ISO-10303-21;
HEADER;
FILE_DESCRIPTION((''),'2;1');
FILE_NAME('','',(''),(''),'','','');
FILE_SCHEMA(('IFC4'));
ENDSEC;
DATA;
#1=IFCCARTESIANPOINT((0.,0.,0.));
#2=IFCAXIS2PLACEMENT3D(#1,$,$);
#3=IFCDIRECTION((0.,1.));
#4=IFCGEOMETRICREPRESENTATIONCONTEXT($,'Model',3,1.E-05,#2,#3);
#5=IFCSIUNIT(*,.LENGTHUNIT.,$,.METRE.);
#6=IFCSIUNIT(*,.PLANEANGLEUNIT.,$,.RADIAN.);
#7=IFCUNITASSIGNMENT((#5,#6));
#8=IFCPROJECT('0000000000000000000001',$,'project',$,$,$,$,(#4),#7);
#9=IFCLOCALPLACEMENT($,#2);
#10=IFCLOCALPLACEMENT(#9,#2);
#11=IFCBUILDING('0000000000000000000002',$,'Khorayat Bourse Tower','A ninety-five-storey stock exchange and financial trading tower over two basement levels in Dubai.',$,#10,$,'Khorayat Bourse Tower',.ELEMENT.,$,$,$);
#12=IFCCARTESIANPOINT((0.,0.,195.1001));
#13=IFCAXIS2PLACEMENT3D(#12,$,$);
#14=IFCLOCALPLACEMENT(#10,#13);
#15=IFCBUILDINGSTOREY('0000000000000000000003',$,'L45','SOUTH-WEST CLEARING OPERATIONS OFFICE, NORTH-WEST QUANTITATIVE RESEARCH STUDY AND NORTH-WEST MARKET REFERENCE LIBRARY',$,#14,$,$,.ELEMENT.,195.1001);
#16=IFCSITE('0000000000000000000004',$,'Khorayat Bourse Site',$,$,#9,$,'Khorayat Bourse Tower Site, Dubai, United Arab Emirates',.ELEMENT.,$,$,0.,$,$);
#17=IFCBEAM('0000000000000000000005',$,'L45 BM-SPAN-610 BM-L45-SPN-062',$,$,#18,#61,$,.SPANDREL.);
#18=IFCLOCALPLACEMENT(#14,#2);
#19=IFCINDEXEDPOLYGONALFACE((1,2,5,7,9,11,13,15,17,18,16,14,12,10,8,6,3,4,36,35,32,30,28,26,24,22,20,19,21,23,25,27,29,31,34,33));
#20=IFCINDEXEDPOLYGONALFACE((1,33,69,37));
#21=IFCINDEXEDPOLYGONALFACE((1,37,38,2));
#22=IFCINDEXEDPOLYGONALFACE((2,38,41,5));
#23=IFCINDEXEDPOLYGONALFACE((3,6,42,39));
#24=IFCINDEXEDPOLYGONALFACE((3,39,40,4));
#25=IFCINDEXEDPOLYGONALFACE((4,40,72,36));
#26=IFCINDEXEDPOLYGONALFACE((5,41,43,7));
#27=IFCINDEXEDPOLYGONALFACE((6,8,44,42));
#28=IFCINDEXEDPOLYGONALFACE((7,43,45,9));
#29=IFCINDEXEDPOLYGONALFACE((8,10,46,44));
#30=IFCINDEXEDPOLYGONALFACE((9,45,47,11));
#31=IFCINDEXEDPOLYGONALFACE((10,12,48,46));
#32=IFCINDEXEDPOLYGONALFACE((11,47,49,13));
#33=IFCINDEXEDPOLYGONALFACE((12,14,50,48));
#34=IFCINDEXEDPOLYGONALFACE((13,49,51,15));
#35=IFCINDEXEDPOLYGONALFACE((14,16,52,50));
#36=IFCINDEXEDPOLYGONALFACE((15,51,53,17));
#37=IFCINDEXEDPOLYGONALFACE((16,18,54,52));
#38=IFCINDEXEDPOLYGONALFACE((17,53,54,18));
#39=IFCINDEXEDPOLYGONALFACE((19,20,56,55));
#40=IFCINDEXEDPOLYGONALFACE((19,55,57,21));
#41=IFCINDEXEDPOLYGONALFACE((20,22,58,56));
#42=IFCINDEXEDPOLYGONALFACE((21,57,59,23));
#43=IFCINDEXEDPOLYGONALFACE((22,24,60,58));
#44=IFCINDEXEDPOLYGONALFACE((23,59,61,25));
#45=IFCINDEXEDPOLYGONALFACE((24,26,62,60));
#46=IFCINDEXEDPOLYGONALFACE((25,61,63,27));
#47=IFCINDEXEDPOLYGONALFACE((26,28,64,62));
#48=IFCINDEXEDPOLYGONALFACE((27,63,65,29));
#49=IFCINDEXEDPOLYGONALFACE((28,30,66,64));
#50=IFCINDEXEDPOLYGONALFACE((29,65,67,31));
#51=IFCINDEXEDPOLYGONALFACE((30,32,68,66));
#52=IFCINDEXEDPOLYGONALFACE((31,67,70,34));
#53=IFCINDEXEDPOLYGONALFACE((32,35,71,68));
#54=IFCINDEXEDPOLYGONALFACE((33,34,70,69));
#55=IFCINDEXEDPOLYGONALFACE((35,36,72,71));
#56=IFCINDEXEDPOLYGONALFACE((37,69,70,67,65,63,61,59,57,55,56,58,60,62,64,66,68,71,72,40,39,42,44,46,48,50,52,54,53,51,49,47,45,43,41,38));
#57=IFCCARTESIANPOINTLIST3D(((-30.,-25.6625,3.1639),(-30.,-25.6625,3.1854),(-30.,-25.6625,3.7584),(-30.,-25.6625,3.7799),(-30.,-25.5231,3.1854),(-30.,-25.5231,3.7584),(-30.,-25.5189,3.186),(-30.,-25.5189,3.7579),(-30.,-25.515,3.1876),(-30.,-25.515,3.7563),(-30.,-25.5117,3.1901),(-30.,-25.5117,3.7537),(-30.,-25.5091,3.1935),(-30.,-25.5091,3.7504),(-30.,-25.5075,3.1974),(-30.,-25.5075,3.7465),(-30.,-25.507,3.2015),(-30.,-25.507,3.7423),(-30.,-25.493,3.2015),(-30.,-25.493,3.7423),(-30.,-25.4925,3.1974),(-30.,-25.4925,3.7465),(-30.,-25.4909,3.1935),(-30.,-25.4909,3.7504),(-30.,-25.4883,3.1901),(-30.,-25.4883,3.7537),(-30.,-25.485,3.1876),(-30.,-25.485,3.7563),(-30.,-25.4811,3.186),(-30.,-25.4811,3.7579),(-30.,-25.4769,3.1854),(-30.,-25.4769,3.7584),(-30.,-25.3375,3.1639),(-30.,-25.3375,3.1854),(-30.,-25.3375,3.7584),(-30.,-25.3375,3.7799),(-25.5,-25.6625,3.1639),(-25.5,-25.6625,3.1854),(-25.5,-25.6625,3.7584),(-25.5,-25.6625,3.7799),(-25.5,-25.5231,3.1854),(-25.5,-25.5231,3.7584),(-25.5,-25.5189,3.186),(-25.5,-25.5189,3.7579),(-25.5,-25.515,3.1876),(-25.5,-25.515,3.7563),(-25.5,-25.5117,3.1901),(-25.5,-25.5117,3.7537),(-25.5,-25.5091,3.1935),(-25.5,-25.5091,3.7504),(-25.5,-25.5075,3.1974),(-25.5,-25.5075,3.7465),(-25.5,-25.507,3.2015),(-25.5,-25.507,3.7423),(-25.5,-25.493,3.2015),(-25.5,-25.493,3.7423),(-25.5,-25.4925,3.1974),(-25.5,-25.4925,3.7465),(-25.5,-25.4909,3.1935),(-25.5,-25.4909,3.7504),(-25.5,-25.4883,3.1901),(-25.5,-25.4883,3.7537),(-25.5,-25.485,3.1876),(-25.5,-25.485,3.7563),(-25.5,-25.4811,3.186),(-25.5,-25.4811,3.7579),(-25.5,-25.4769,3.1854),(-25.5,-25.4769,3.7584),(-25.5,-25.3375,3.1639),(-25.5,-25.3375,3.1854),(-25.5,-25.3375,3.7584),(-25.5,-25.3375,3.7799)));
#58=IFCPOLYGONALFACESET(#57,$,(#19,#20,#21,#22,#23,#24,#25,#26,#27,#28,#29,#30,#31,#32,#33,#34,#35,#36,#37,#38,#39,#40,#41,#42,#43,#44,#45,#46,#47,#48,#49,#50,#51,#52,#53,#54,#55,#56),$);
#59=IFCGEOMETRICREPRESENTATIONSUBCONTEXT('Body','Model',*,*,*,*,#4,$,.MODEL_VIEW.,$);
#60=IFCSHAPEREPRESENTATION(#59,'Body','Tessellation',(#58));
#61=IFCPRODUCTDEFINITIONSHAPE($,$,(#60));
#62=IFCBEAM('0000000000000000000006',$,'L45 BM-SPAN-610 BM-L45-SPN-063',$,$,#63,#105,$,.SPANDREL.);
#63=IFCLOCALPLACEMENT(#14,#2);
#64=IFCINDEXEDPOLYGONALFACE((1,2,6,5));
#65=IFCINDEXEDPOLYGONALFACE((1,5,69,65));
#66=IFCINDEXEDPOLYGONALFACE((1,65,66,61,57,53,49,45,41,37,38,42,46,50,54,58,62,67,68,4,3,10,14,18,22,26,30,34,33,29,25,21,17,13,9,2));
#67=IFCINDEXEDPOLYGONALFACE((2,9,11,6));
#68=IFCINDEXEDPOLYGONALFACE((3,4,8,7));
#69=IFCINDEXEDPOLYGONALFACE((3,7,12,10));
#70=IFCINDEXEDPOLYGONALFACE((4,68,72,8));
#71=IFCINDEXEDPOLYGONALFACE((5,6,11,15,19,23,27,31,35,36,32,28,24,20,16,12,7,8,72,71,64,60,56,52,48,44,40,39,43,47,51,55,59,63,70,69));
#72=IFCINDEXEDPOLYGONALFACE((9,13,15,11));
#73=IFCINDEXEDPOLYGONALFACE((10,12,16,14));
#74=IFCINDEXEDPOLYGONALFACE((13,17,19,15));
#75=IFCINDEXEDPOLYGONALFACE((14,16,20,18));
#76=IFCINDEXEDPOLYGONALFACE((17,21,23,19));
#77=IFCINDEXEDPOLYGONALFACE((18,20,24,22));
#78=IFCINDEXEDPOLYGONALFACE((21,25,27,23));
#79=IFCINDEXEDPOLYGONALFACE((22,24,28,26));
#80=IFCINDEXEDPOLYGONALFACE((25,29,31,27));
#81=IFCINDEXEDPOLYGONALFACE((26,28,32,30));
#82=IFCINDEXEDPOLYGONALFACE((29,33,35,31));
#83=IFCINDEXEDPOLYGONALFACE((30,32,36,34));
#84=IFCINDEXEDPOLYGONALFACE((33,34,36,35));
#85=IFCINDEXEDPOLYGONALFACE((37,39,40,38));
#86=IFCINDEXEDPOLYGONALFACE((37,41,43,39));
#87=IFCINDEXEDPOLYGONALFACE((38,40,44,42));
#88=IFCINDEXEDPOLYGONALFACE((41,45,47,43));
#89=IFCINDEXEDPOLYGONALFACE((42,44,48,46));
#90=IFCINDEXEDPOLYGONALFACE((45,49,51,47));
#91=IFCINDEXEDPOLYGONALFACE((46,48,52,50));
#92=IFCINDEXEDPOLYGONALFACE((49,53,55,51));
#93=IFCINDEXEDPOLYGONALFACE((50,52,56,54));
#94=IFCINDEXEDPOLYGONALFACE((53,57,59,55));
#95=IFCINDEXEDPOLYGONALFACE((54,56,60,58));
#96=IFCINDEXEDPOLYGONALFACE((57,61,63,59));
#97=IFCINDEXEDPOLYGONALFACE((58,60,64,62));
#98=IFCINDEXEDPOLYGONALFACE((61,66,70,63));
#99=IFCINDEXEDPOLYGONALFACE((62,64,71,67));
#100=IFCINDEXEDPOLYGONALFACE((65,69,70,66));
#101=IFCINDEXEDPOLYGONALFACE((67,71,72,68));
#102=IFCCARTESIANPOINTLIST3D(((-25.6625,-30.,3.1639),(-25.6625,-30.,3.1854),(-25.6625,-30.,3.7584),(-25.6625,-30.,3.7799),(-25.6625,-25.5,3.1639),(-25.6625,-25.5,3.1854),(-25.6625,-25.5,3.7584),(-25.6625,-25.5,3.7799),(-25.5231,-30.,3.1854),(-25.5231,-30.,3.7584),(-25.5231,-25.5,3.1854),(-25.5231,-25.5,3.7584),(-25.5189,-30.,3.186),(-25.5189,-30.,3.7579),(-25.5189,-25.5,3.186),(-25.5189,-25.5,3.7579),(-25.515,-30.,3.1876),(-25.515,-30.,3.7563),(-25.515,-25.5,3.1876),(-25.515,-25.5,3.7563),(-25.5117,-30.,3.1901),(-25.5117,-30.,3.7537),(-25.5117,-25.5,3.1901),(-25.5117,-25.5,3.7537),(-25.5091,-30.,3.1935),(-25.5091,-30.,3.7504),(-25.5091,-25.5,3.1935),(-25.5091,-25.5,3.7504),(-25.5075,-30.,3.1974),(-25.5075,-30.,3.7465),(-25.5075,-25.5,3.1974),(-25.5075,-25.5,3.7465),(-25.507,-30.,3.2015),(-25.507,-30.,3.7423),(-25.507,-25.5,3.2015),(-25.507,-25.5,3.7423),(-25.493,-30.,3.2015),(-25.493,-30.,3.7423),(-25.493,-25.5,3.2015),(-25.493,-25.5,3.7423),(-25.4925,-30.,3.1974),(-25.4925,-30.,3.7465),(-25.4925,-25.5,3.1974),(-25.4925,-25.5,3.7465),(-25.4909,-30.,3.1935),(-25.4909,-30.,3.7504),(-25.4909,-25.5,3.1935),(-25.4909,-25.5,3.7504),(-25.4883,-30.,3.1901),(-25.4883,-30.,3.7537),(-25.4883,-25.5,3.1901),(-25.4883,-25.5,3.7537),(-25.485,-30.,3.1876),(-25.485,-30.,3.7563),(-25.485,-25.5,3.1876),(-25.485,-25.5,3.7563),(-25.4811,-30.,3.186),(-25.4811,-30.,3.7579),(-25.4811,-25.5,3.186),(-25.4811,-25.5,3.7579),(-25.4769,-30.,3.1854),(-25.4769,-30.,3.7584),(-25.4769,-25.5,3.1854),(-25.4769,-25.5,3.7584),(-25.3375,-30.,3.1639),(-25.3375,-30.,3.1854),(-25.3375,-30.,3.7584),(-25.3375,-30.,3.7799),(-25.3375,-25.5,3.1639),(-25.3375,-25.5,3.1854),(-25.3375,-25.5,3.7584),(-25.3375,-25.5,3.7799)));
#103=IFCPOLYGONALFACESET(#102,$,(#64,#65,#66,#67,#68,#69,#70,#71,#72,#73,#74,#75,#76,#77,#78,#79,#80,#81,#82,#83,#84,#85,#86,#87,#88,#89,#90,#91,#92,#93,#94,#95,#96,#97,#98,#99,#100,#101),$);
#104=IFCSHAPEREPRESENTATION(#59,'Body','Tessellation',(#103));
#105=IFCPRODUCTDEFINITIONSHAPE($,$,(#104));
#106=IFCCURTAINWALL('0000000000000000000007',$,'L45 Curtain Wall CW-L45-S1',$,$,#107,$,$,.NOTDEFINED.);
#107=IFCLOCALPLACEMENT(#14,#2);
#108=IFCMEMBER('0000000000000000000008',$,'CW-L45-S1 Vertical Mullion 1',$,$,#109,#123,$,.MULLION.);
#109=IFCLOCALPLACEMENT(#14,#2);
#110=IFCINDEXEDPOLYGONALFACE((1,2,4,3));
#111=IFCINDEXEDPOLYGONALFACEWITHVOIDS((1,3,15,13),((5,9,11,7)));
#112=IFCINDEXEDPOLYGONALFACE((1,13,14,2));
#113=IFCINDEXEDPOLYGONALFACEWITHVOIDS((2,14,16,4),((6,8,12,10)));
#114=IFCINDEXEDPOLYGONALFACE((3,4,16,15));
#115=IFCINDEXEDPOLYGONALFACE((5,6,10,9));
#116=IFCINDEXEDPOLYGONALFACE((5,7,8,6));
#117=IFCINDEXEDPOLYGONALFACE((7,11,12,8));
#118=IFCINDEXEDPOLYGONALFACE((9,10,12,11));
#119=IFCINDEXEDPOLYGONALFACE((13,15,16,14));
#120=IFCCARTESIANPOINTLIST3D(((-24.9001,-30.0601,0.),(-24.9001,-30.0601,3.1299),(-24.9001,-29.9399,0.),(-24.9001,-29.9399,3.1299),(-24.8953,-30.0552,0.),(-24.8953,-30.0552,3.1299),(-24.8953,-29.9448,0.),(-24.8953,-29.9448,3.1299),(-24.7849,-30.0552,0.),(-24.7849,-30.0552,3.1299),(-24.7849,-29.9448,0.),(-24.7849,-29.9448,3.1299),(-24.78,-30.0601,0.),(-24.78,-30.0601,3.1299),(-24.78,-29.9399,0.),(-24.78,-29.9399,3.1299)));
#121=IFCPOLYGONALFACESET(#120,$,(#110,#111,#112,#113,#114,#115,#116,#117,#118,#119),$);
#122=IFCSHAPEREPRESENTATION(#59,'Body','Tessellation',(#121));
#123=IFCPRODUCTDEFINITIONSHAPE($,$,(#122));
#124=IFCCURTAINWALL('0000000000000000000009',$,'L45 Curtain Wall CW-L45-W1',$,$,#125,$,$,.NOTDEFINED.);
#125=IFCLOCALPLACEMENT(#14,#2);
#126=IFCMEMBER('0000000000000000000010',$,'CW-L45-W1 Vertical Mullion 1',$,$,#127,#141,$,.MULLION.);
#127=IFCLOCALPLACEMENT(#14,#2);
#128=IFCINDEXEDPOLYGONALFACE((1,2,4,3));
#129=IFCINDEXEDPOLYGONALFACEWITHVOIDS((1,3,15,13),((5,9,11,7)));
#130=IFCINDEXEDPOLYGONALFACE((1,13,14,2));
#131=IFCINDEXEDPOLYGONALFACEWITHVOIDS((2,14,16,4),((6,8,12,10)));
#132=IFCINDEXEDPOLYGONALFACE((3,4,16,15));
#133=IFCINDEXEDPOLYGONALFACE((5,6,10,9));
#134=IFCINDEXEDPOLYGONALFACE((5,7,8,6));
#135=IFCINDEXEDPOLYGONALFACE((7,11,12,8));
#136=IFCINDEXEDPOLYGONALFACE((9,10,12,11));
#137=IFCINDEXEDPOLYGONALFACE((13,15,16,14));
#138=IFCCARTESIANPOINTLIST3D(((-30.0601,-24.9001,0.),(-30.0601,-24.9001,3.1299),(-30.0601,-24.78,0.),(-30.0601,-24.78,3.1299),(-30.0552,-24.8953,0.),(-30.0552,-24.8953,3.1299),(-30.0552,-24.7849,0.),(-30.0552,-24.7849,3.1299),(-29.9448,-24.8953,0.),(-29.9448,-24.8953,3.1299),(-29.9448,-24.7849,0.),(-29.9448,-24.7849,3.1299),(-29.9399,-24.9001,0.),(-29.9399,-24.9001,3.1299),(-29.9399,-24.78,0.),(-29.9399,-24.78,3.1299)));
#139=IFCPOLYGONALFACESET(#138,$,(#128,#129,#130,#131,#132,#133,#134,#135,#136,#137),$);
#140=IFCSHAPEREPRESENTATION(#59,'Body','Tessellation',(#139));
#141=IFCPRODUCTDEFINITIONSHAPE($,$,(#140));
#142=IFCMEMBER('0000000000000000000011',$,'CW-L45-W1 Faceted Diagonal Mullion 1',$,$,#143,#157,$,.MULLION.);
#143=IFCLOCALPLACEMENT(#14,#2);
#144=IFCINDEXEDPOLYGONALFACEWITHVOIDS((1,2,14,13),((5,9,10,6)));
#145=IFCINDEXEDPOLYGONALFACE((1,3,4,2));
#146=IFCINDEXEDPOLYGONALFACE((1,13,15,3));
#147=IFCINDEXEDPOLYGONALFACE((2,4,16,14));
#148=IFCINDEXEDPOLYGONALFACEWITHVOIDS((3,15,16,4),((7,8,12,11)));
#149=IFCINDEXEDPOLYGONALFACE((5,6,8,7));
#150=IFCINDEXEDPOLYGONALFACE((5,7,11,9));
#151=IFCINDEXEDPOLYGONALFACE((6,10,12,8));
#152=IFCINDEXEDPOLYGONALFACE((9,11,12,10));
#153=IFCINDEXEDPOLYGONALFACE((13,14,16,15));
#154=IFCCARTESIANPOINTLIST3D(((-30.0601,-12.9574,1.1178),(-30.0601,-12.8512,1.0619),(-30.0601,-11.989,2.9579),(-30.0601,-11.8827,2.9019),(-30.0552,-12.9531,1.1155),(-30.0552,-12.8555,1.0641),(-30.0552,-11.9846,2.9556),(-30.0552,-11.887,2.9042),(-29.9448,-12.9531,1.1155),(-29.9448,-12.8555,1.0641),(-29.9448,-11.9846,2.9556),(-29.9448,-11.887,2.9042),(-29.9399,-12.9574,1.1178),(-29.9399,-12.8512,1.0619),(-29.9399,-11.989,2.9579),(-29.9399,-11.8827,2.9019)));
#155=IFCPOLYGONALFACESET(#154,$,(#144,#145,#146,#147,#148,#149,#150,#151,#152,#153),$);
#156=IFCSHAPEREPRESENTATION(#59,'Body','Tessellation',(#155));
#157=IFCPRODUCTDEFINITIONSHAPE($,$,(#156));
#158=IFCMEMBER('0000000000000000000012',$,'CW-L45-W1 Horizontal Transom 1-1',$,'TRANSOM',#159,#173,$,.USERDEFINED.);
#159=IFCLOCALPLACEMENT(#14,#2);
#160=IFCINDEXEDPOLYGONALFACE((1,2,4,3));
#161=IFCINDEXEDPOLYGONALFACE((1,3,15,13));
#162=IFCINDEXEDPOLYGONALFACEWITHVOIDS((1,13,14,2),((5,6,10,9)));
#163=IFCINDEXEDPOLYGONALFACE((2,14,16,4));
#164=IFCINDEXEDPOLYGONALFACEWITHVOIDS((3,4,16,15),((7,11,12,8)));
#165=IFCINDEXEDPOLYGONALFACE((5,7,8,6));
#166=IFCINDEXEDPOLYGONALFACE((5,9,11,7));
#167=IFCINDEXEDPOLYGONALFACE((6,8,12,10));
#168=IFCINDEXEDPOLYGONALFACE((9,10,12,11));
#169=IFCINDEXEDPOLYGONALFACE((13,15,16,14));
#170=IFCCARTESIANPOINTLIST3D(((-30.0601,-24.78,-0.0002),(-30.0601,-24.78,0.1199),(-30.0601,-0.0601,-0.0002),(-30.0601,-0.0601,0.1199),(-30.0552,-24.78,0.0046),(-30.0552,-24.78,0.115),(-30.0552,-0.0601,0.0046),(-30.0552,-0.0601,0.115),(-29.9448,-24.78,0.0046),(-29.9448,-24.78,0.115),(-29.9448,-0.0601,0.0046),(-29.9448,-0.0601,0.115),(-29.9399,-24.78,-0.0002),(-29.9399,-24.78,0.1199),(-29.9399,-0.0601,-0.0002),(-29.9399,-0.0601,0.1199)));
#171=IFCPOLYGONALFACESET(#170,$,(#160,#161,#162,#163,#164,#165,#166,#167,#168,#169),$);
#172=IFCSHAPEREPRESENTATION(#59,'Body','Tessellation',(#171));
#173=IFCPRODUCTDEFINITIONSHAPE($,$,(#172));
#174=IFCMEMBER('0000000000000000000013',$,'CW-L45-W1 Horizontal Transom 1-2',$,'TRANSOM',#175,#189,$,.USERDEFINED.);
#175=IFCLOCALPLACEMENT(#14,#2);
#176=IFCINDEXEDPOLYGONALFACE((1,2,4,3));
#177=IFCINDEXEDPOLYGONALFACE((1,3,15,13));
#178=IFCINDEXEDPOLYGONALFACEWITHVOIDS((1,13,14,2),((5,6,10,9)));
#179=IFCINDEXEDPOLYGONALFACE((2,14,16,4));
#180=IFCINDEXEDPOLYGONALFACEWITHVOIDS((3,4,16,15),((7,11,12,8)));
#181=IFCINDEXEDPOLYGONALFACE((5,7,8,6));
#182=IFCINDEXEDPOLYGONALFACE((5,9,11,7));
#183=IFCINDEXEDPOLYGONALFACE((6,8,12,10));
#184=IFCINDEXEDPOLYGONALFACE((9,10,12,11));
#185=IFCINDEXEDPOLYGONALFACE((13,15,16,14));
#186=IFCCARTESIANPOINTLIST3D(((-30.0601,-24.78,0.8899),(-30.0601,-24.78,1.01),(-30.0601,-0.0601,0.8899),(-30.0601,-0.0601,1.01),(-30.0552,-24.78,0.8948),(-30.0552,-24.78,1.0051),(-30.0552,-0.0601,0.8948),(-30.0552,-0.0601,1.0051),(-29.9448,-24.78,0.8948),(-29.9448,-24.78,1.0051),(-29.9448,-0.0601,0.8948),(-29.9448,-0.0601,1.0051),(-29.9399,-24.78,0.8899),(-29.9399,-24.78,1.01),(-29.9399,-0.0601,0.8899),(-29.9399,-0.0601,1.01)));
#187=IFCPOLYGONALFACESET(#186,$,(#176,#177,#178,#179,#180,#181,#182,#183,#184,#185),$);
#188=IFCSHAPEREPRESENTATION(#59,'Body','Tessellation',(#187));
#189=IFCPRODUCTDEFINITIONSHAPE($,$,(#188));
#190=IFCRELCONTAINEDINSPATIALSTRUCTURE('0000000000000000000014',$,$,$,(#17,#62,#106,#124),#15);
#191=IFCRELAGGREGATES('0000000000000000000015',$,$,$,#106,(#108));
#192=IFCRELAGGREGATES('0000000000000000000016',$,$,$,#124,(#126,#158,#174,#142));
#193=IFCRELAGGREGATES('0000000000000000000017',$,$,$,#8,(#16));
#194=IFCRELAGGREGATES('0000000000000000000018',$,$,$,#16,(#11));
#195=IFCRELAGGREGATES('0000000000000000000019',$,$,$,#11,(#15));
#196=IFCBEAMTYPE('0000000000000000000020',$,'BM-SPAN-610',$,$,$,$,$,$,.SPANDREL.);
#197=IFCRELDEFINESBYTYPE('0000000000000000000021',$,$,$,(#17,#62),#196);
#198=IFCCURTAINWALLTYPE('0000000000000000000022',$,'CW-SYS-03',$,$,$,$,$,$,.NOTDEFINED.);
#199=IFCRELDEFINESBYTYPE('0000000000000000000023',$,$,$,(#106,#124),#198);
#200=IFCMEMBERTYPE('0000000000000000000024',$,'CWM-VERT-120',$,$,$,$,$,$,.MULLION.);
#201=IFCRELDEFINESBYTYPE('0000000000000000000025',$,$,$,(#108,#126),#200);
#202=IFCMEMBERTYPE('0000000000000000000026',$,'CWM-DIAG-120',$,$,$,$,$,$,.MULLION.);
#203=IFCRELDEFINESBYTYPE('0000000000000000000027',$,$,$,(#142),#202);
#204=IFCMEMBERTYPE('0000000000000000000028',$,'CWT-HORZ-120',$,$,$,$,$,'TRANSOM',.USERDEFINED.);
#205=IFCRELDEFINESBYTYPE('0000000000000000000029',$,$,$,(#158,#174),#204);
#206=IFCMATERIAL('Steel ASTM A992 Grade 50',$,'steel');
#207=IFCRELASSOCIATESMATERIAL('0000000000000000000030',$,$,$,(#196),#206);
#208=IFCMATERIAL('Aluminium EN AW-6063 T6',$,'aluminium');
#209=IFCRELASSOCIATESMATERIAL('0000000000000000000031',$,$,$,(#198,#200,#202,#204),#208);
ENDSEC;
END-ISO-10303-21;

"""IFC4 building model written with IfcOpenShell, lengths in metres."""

from ifc_helpers import new_model, si_unit, direction, frame, origin, origin_2d, place, context, subcontext, project, spatial, hollow_rectangle, i_section, extrude, source, transform, mapped, material, material_profile, profile_set, type_object, element, aggregate, save


model = new_model("IFC4")

# Units and contexts
model_context = context("Model", 3, precision=1e-05, world=origin(), true_north=direction((0.0, 1.0)))
body_context = subcontext(model_context, "Body", "Model", "MODEL_VIEW")
ifc_project = project(units=[si_unit("LENGTHUNIT", "METRE"), si_unit("PLANEANGLEUNIT", "RADIAN")], contexts=[model_context])

# Site, building, storey
site_placement = place(None, origin())
site = spatial("IfcSite", under=ifc_project, at=site_placement, Name="Khorayat Bourse Site", LongName="Khorayat Bourse Tower Site, Dubai, United Arab Emirates", CompositionType="ELEMENT", RefElevation=0.0)
building_placement = place(site_placement, origin())
building = spatial("IfcBuilding", under=site, at=building_placement, Name="Khorayat Bourse Tower", Description="A ninety-five-storey stock exchange and financial trading tower over two basement levels in Dubai.", LongName="Khorayat Bourse Tower", CompositionType="ELEMENT")
storey_placement = place(building_placement, frame((0.0, 0.0, 195.1001)))
storey = spatial("IfcBuildingStorey", under=building, at=storey_placement, Name="L45", Description="SOUTH-WEST CLEARING OPERATIONS OFFICE, NORTH-WEST QUANTITATIVE RESEARCH STUDY AND NORTH-WEST MARKET REFERENCE LIBRARY", CompositionType="ELEMENT", Elevation=195.1001)

# Beams
ifc_material_1 = material(Name="Steel ASTM A992 Grade 50", Category="steel")
ifc_material_profile_1 = material_profile(ifc_material_1, i_section(OverallWidth=0.325, OverallDepth=0.616, WebThickness=0.0139, FlangeThickness=0.0215, FilletRadius=0.0161, at=origin_2d()), Name="W610X174")
ifc_profile_set_1 = profile_set([ifc_material_profile_1], Name="Steel ASTM A992 Grade 50")
beam_type_1 = type_object("IfcBeamType", Name="BM-SPAN-610", PredefinedType="SPANDREL", material=ifc_profile_set_1)
shared_shape_1 = source(origin(), body_context, "Body", "SweptSolid", [
    extrude(i_section(OverallWidth=0.325, OverallDepth=0.616, WebThickness=0.0139, FlangeThickness=0.0215, FilletRadius=0.0161, at=origin_2d()), origin(), (0.0, 0.0, 1.0), 4.5),
])
for number, where, z_axis, x_axis, name in (
    (1, (-30.0, -25.5, 3.4719), (1.0, 0.0, 0.0), (0.0, 1.0, 0.0), "L45 BM-SPAN-610 BM-L45-SPN-062"),
    (2, (-25.5, -30.0, 3.4719), (0.0, 1.0, 0.0), (-1.0, 0.0, 0.0), "L45 BM-SPAN-610 BM-L45-SPN-063"),
):
    element("IfcBeam", number, at=place(storey_placement, frame(where, z_axis=z_axis, x_axis=x_axis)), inside=storey, type_object=beam_type_1, Name=name, PredefinedType="SPANDREL", context=body_context, shape_type="MappedRepresentation", body=[
        mapped(shared_shape_1, transform((0.0, 0.0, 0.0), scale=1.0)),
    ])

# Curtain wall, member
ifc_material_2 = material(Name="Aluminium EN AW-6063 T6", Category="aluminium")
curtain_wall_type = type_object("IfcCurtainWallType", Name="CW-SYS-03", PredefinedType="NOTDEFINED", material=ifc_material_2)
curtain_wall_1_placement = place(storey_placement, origin())
curtain_wall_1 = element("IfcCurtainWall", 3, at=curtain_wall_1_placement, inside=storey, type_object=curtain_wall_type, Name="L45 Curtain Wall CW-L45-S1", PredefinedType="NOTDEFINED")
ifc_material_profile_2 = material_profile(ifc_material_2, hollow_rectangle(XDim=0.1201, YDim=0.1201, WallThickness=0.0049, at=origin_2d()), Name="ALU 120x120x5")
ifc_profile_set_2 = profile_set([ifc_material_profile_2], Name="Aluminium EN AW-6063 T6")
member_type_1 = type_object("IfcMemberType", Name="CWM-VERT-120", PredefinedType="MULLION", material=ifc_profile_set_2)
shared_shape_2 = source(origin(), body_context, "Body", "SweptSolid", [
    extrude(hollow_rectangle(XDim=0.1201, YDim=0.1201, WallThickness=0.0049, at=origin_2d()), origin(), (0.0, 0.0, 1.0), 3.1299),
])
member_1_placement = place(storey_placement, frame((-24.8401, -30.0, 0.0), z_axis=(0.0, 0.0, 1.0), x_axis=(0.0, 1.0, 0.0)))
member_1 = element("IfcMember", 4, at=member_1_placement, type_object=member_type_1, Name="CW-L45-S1 Vertical Mullion 1", PredefinedType="MULLION", context=body_context, shape_type="MappedRepresentation", body=[
    mapped(shared_shape_2, transform((0.0, 0.0, 0.0), scale=1.0)),
])
aggregate(curtain_wall_1, [member_1])

# Curtain wall, members
curtain_wall_2_placement = place(storey_placement, origin())
curtain_wall_2 = element("IfcCurtainWall", 5, at=curtain_wall_2_placement, inside=storey, type_object=curtain_wall_type, Name="L45 Curtain Wall CW-L45-W1", PredefinedType="NOTDEFINED")
member_2_placement = place(storey_placement, frame((-30.0, -24.8401, 0.0), z_axis=(0.0, 0.0, 1.0), x_axis=(-1.0, 0.0, 0.0)))
member_2 = element("IfcMember", 6, at=member_2_placement, type_object=member_type_1, Name="CW-L45-W1 Vertical Mullion 1", PredefinedType="MULLION", context=body_context, shape_type="MappedRepresentation", body=[
    mapped(shared_shape_2, transform((0.0, 0.0, 0.0), scale=1.0)),
])
ifc_material_profile_3 = material_profile(ifc_material_2, hollow_rectangle(XDim=0.1201, YDim=0.1201, WallThickness=0.0049, at=origin_2d()), Name="ALU 120x120x5")
ifc_profile_set_3 = profile_set([ifc_material_profile_3], Name="Aluminium EN AW-6063 T6")
member_type_2 = type_object("IfcMemberType", Name="CWM-DIAG-120", PredefinedType="MULLION", material=ifc_profile_set_3)
shared_shape_3 = source(origin(), body_context, "Body", "SweptSolid", [
    extrude(hollow_rectangle(XDim=0.1201, YDim=0.1201, WallThickness=0.0049, at=origin_2d()), origin(), (0.0, 0.0, 1.0), 2.0793),
])
member_3_placement = place(storey_placement, frame((-30.0, -12.9043, 1.0898), z_axis=(0.0, 0.465761, 0.884911), x_axis=(-1.0, 0.0, 0.0)))
member_3 = element("IfcMember", 7, at=member_3_placement, type_object=member_type_2, Name="CW-L45-W1 Faceted Diagonal Mullion 1", PredefinedType="MULLION", context=body_context, shape_type="MappedRepresentation", body=[
    mapped(shared_shape_3, transform((0.0, 0.0, 0.0), scale=1.0)),
])
ifc_material_profile_4 = material_profile(ifc_material_2, hollow_rectangle(XDim=0.1201, YDim=0.1201, WallThickness=0.0049, at=origin_2d()), Name="ALU 120x120x5")
ifc_profile_set_4 = profile_set([ifc_material_profile_4], Name="Aluminium EN AW-6063 T6")
member_type_3 = type_object("IfcMemberType", Name="CWT-HORZ-120", ElementType="TRANSOM", PredefinedType="USERDEFINED", material=ifc_profile_set_4)
shared_shape_4 = source(origin(), body_context, "Body", "SweptSolid", [
    extrude(hollow_rectangle(XDim=0.1201, YDim=0.1201, WallThickness=0.0049, at=origin_2d()), origin(), (0.0, 0.0, 1.0), 24.72),
])
member_4_placement = place(storey_placement, frame((-30.0, -24.78, 0.0598), z_axis=(0.0, 1.0, 0.0), x_axis=(-1.0, 0.0, 0.0)))
member_4 = element("IfcMember", 8, at=member_4_placement, type_object=member_type_3, Name="CW-L45-W1 Horizontal Transom 1-1", ObjectType="TRANSOM", PredefinedType="USERDEFINED", context=body_context, shape_type="MappedRepresentation", body=[
    mapped(shared_shape_4, transform((0.0, 0.0, 0.0), scale=1.0)),
])
member_5_placement = place(storey_placement, frame((-30.0, -24.78, 0.95), z_axis=(0.0, 1.0, 0.0), x_axis=(-1.0, 0.0, 0.0)))
member_5 = element("IfcMember", 9, at=member_5_placement, type_object=member_type_3, Name="CW-L45-W1 Horizontal Transom 1-2", ObjectType="TRANSOM", PredefinedType="USERDEFINED", context=body_context, shape_type="MappedRepresentation", body=[
    mapped(shared_shape_4, transform((0.0, 0.0, 0.0), scale=1.0)),
])
aggregate(curtain_wall_2, [member_2, member_4, member_5, member_3])

save(model, "model.ifc")
